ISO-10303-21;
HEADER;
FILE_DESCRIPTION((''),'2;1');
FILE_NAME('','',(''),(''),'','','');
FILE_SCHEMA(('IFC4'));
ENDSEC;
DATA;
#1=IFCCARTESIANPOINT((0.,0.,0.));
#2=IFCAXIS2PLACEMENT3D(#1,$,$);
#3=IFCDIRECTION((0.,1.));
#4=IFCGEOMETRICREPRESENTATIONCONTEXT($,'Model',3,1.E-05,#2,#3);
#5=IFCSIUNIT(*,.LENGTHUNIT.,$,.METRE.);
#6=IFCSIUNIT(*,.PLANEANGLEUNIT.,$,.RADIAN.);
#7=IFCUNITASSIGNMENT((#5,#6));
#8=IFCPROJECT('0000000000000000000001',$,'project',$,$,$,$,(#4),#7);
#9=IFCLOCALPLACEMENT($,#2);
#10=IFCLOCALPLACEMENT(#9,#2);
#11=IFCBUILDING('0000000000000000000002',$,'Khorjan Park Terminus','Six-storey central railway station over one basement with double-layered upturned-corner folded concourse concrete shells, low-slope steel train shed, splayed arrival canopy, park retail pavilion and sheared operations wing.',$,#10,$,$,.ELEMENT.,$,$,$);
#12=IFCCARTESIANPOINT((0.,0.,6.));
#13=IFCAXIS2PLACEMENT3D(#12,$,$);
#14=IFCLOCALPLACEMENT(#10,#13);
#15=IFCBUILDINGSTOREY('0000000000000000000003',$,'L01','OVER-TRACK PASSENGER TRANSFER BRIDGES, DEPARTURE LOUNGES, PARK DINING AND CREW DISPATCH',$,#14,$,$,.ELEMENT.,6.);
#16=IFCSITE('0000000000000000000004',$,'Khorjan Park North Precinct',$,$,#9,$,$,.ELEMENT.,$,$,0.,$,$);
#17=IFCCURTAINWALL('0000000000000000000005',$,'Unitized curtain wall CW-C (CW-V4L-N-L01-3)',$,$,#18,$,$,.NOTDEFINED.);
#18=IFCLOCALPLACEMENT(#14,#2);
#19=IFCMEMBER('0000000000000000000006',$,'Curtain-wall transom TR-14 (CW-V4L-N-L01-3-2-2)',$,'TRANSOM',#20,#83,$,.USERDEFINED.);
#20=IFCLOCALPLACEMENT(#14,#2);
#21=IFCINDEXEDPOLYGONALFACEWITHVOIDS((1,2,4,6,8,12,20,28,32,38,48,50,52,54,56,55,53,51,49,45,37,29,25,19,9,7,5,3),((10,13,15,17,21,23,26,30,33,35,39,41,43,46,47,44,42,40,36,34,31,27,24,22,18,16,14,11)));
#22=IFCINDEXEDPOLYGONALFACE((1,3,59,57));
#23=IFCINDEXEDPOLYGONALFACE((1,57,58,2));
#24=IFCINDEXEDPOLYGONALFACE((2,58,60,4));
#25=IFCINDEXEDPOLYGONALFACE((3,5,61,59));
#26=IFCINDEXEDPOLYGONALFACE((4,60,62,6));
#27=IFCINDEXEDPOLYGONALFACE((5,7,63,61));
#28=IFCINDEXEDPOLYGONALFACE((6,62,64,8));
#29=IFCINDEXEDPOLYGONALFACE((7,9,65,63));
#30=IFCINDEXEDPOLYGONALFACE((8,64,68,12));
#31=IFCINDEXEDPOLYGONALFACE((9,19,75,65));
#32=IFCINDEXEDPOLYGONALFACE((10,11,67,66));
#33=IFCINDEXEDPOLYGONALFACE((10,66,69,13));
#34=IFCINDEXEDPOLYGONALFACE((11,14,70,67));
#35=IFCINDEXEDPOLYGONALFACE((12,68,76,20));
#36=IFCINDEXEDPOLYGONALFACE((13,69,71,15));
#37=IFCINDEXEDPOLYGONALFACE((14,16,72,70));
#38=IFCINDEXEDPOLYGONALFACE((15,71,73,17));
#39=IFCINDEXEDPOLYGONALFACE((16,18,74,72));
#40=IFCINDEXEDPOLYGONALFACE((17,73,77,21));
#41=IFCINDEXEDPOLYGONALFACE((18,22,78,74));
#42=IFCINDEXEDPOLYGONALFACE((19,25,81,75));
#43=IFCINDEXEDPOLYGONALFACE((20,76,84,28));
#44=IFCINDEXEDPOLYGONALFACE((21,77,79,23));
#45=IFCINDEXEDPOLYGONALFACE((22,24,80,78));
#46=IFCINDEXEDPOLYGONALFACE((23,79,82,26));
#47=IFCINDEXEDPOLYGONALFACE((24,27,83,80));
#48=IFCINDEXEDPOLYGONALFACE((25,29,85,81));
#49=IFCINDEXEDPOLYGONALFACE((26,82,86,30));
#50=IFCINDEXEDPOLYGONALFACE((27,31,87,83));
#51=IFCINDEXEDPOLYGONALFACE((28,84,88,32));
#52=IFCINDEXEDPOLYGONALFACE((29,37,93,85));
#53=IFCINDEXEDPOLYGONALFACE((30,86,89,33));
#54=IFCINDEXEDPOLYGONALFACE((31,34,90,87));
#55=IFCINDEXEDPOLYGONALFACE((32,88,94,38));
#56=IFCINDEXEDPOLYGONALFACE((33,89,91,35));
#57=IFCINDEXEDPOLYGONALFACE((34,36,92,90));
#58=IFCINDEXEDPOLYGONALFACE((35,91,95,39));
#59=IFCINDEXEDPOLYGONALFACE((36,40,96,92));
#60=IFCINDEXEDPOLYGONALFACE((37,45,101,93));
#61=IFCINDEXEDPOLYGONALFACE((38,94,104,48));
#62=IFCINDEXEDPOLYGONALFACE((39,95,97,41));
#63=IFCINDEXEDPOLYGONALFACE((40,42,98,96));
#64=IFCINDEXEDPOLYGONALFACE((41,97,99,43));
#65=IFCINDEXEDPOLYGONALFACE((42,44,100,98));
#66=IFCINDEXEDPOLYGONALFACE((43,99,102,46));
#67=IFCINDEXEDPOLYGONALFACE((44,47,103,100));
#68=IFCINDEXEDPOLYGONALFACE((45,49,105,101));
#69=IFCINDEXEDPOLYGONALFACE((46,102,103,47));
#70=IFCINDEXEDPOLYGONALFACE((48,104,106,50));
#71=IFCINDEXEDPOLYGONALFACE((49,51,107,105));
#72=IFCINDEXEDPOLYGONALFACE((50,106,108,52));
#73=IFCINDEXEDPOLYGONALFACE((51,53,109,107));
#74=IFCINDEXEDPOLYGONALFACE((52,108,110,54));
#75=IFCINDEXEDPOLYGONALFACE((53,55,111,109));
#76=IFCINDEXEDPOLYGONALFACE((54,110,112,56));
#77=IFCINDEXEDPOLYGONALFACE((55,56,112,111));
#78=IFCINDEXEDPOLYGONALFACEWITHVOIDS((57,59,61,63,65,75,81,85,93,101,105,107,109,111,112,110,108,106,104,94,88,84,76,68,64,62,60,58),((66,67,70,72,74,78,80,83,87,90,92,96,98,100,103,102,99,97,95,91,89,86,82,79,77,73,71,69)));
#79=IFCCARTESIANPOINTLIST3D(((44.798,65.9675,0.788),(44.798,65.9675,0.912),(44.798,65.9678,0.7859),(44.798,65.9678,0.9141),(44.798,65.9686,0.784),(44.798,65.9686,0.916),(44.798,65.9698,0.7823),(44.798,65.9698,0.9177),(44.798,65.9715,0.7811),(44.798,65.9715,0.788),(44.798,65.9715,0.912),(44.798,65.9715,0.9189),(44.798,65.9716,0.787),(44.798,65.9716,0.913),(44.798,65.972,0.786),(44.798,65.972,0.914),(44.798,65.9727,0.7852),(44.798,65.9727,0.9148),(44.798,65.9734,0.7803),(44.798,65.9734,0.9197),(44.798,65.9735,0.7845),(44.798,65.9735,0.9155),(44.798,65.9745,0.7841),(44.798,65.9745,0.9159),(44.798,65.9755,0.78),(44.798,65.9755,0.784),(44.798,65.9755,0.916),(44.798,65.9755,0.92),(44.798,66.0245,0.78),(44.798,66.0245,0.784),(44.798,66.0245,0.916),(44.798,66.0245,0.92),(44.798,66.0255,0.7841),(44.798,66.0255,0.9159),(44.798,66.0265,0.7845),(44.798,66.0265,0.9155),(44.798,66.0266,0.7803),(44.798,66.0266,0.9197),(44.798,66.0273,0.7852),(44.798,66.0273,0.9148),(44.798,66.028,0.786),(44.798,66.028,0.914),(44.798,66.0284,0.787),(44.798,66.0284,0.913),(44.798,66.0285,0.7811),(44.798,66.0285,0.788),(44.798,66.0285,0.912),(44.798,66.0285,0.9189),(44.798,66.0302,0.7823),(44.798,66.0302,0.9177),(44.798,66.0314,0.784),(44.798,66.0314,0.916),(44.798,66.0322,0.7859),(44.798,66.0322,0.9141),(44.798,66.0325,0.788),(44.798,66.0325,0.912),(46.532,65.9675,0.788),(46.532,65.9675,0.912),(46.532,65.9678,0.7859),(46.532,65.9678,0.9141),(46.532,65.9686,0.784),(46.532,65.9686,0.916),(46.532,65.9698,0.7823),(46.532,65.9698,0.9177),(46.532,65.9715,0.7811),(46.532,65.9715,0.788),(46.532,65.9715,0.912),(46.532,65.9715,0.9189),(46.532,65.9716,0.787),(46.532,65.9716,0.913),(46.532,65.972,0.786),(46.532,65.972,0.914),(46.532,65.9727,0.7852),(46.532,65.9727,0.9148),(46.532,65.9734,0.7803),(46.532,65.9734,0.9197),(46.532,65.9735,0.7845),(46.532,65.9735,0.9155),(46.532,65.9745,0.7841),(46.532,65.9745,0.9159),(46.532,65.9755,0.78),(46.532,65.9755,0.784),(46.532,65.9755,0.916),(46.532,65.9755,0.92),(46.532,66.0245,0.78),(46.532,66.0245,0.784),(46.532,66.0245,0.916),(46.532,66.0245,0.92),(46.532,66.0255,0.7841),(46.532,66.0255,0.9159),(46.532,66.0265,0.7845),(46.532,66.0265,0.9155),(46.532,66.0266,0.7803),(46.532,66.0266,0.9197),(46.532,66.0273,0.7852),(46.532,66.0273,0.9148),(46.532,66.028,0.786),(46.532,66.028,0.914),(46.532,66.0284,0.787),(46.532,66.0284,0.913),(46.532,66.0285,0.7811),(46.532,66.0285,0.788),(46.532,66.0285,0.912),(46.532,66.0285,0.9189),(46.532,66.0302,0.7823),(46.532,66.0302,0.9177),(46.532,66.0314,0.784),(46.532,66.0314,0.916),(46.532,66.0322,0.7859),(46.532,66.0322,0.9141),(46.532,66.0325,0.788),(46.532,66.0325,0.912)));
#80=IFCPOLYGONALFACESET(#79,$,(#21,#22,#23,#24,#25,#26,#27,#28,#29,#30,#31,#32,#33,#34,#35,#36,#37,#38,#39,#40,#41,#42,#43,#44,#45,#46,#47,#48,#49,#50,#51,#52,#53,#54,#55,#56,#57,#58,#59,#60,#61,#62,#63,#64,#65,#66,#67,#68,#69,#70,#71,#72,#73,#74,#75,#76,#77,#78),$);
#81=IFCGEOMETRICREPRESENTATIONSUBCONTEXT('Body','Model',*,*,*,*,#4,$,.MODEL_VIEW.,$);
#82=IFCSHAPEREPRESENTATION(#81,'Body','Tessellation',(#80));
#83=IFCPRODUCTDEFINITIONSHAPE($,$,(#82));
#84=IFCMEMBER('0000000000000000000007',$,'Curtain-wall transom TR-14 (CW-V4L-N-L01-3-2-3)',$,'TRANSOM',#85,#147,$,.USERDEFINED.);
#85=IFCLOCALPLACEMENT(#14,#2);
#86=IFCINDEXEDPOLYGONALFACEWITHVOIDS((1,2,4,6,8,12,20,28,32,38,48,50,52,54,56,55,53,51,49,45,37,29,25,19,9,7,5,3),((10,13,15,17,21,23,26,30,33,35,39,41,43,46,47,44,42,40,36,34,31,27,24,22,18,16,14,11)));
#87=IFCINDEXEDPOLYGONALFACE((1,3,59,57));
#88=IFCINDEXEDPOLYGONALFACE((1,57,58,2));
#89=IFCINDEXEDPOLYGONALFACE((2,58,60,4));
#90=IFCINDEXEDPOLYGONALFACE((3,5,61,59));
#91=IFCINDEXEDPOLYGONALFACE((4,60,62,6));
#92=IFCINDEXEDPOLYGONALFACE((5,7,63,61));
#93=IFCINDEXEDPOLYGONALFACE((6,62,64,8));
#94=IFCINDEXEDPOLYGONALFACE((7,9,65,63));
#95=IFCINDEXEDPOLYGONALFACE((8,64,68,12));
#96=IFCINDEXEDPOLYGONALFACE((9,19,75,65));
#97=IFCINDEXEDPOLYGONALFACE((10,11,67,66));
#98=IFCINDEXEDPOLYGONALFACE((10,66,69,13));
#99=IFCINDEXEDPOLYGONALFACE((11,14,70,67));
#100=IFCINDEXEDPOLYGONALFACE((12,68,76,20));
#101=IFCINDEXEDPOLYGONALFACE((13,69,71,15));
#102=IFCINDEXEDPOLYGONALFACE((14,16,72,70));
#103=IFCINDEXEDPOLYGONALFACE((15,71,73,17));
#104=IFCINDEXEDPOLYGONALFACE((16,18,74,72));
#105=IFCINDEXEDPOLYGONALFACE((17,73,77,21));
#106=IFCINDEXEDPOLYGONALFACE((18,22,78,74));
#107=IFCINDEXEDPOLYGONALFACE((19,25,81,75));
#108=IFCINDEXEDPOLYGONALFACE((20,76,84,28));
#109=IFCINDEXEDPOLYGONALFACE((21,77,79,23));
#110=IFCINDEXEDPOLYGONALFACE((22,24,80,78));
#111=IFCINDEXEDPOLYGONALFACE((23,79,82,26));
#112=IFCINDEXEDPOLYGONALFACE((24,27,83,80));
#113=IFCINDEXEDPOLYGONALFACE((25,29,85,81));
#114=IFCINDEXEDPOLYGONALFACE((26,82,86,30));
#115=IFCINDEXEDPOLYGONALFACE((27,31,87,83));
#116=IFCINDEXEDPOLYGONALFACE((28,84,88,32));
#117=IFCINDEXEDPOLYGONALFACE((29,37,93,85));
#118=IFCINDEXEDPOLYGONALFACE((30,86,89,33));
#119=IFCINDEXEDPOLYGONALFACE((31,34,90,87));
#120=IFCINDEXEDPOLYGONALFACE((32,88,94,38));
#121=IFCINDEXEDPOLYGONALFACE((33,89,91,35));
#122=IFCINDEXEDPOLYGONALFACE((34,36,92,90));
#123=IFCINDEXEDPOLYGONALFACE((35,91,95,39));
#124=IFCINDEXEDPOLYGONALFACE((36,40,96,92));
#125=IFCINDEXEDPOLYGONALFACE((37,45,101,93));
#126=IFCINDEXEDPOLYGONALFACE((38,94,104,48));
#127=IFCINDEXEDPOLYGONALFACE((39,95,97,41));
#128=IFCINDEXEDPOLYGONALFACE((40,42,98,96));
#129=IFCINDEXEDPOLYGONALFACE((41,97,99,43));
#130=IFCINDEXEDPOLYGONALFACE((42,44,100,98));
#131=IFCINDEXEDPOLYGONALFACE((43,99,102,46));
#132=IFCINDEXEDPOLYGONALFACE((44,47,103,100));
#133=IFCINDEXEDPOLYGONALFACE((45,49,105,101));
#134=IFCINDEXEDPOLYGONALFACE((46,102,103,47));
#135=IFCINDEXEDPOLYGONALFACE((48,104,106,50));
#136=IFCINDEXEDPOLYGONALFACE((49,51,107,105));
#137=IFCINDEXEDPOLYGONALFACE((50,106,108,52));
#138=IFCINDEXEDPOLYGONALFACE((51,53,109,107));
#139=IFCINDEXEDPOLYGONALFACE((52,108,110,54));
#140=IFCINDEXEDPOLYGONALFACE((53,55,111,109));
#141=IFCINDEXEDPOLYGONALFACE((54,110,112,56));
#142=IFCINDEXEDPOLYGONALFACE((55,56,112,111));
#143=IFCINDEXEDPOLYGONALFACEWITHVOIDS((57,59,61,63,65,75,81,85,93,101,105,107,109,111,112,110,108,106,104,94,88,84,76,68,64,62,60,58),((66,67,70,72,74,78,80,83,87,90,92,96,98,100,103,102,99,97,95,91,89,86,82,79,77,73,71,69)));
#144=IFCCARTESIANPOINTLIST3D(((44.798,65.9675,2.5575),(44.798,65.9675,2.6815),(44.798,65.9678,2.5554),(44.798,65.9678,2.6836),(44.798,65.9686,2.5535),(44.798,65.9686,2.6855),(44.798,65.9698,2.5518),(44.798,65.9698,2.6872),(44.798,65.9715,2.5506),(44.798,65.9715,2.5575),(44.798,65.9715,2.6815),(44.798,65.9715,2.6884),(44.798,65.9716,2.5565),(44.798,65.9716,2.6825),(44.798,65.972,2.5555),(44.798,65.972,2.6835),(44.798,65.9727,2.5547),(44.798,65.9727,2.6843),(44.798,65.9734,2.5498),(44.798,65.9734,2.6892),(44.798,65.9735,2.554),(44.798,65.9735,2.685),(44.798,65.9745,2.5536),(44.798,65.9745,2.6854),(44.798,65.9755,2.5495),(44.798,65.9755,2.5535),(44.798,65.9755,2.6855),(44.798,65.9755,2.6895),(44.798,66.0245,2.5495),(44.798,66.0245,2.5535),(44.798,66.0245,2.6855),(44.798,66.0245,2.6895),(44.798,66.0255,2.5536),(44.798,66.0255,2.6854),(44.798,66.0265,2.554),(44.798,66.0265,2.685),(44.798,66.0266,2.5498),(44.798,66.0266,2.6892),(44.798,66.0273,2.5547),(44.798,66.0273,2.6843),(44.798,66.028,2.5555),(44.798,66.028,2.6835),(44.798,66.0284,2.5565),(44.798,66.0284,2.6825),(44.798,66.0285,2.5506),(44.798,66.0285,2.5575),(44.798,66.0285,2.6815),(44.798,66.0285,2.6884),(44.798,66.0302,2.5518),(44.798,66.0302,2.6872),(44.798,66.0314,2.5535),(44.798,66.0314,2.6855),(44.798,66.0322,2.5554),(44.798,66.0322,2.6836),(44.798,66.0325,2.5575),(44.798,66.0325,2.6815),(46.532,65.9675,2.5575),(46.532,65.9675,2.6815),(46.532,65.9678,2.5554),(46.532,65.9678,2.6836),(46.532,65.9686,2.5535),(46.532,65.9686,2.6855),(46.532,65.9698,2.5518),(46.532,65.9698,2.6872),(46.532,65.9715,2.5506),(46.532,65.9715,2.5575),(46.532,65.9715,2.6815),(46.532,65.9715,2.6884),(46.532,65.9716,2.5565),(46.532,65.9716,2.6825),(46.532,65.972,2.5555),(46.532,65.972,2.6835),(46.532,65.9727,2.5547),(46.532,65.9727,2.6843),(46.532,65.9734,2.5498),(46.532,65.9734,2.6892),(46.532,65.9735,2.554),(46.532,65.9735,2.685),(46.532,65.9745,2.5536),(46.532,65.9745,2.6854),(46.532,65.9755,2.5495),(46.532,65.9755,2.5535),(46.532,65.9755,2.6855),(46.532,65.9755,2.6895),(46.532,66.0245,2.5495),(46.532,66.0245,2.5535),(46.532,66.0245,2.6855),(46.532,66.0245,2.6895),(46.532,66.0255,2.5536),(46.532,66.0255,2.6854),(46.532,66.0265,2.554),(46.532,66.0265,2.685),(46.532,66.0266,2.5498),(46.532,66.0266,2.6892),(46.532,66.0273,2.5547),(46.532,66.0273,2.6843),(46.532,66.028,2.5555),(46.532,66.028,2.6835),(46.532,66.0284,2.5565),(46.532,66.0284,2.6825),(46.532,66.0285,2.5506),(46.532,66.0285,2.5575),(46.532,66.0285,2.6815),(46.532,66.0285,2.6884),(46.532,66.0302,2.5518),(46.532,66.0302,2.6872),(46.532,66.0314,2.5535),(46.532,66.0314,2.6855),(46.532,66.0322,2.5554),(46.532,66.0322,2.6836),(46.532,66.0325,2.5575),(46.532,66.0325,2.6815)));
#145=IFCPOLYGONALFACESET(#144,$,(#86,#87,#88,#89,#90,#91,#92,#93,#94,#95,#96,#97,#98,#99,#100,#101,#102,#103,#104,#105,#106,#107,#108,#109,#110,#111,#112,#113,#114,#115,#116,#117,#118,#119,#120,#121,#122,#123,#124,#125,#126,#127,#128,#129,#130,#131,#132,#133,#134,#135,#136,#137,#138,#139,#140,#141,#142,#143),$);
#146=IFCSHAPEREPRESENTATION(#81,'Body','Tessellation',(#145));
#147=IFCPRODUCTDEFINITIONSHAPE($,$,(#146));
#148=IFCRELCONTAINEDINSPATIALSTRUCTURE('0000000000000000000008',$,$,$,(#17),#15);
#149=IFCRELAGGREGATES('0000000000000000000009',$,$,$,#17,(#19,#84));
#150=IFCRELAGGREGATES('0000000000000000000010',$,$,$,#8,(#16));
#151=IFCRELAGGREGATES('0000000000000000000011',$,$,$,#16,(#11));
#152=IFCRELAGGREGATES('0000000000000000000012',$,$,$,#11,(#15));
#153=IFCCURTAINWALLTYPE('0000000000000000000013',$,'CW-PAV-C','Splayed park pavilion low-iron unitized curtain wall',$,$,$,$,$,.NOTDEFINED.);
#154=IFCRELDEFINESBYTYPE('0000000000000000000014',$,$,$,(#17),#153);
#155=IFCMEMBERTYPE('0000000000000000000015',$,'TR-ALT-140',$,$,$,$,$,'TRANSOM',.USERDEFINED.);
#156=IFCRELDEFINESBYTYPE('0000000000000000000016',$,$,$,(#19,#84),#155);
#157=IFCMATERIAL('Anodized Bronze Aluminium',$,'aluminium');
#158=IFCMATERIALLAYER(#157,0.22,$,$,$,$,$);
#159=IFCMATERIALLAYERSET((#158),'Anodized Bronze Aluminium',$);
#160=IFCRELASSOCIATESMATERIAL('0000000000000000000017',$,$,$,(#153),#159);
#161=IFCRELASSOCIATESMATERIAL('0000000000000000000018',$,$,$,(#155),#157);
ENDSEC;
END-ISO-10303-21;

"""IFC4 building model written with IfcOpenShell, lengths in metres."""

from ifc_helpers import new_model, si_unit, direction, frame, origin, origin_2d, place, context, subcontext, project, spatial, hollow_rectangle, extrude, material, layer, layer_set, material_profile, profile_set, type_object, element, aggregate, save


model = new_model("IFC4")

# Units and contexts
model_context = context("Model", 3, precision=1e-05, world=origin(), true_north=direction((0.0, 1.0)))
body_context = subcontext(model_context, "Body", "Model", "MODEL_VIEW")
ifc_project = project(units=[si_unit("LENGTHUNIT", "METRE"), si_unit("PLANEANGLEUNIT", "RADIAN")], contexts=[model_context])

# Site, building, storey
site_placement = place(None, origin())
site = spatial("IfcSite", under=ifc_project, at=site_placement, Name="Khorjan Park North Precinct", CompositionType="ELEMENT", RefElevation=0.0)
building_placement = place(site_placement, origin())
building = spatial("IfcBuilding", under=site, at=building_placement, Name="Khorjan Park Terminus", Description="Six-storey central railway station over one basement with double-layered upturned-corner folded concourse concrete shells, low-slope steel train shed, splayed arrival canopy, park retail pavilion and sheared operations wing.", CompositionType="ELEMENT")
storey_placement = place(building_placement, frame((0.0, 0.0, 6.0)))
storey = spatial("IfcBuildingStorey", under=building, at=storey_placement, Name="L01", Description="OVER-TRACK PASSENGER TRANSFER BRIDGES, DEPARTURE LOUNGES, PARK DINING AND CREW DISPATCH", CompositionType="ELEMENT", Elevation=6.0)

# Curtain wall
ifc_material_1 = material(Name="Anodized Bronze Aluminium", Category="aluminium")
ifc_layer_1 = layer(ifc_material_1, 0.22)
ifc_layer_set_1 = layer_set([ifc_layer_1], Name="Anodized Bronze Aluminium")
curtain_wall_type = type_object("IfcCurtainWallType", Name="CW-PAV-C", Description="Splayed park pavilion low-iron unitized curtain wall", PredefinedType="NOTDEFINED", material=ifc_layer_set_1)
curtain_wall_1_placement = place(storey_placement, origin())
curtain_wall_1 = element("IfcCurtainWall", 1, at=curtain_wall_1_placement, inside=storey, type_object=curtain_wall_type, Name="Unitized curtain wall CW-C (CW-V4L-N-L01-3)", PredefinedType="NOTDEFINED")

# Members
ifc_material_profile_1 = material_profile(ifc_material_1, hollow_rectangle(XDim=0.065, YDim=0.14, WallThickness=0.004, InnerFilletRadius=0.004, OuterFilletRadius=0.008, at=origin_2d()), Name="ALT 65x140x4")
ifc_profile_set_1 = profile_set([ifc_material_profile_1], Name="Anodized Bronze Aluminium")
member_type_1 = type_object("IfcMemberType", Name="TR-ALT-140", ElementType="TRANSOM", PredefinedType="USERDEFINED", material=ifc_profile_set_1)
member_1_placement = place(storey_placement, frame((46.532, 66.0, 0.85), z_axis=(-1.0, 0.0, 0.0), x_axis=(0.0, -1.0, 0.0)))
member_1 = element("IfcMember", 2, at=member_1_placement, type_object=member_type_1, Name="Curtain-wall transom TR-14 (CW-V4L-N-L01-3-2-2)", ObjectType="TRANSOM", PredefinedType="USERDEFINED", context=body_context, shape_type="SweptSolid", body=[
    extrude(hollow_rectangle(XDim=0.065, YDim=0.14, WallThickness=0.004, InnerFilletRadius=0.004, OuterFilletRadius=0.008, at=origin_2d()), origin(), (0.0, 0.0, 1.0), 1.734),
])
member_2_placement = place(storey_placement, frame((46.532, 66.0, 2.6195), z_axis=(-1.0, 0.0, 0.0), x_axis=(0.0, -1.0, 0.0)))
member_2 = element("IfcMember", 3, at=member_2_placement, type_object=member_type_1, Name="Curtain-wall transom TR-14 (CW-V4L-N-L01-3-2-3)", ObjectType="TRANSOM", PredefinedType="USERDEFINED", context=body_context, shape_type="SweptSolid", body=[
    extrude(hollow_rectangle(XDim=0.065, YDim=0.14, WallThickness=0.004, InnerFilletRadius=0.004, OuterFilletRadius=0.008, at=origin_2d()), origin(), (0.0, 0.0, 1.0), 1.734),
])

aggregate(curtain_wall_1, [member_1, member_2])

save(model, "model.ifc")
